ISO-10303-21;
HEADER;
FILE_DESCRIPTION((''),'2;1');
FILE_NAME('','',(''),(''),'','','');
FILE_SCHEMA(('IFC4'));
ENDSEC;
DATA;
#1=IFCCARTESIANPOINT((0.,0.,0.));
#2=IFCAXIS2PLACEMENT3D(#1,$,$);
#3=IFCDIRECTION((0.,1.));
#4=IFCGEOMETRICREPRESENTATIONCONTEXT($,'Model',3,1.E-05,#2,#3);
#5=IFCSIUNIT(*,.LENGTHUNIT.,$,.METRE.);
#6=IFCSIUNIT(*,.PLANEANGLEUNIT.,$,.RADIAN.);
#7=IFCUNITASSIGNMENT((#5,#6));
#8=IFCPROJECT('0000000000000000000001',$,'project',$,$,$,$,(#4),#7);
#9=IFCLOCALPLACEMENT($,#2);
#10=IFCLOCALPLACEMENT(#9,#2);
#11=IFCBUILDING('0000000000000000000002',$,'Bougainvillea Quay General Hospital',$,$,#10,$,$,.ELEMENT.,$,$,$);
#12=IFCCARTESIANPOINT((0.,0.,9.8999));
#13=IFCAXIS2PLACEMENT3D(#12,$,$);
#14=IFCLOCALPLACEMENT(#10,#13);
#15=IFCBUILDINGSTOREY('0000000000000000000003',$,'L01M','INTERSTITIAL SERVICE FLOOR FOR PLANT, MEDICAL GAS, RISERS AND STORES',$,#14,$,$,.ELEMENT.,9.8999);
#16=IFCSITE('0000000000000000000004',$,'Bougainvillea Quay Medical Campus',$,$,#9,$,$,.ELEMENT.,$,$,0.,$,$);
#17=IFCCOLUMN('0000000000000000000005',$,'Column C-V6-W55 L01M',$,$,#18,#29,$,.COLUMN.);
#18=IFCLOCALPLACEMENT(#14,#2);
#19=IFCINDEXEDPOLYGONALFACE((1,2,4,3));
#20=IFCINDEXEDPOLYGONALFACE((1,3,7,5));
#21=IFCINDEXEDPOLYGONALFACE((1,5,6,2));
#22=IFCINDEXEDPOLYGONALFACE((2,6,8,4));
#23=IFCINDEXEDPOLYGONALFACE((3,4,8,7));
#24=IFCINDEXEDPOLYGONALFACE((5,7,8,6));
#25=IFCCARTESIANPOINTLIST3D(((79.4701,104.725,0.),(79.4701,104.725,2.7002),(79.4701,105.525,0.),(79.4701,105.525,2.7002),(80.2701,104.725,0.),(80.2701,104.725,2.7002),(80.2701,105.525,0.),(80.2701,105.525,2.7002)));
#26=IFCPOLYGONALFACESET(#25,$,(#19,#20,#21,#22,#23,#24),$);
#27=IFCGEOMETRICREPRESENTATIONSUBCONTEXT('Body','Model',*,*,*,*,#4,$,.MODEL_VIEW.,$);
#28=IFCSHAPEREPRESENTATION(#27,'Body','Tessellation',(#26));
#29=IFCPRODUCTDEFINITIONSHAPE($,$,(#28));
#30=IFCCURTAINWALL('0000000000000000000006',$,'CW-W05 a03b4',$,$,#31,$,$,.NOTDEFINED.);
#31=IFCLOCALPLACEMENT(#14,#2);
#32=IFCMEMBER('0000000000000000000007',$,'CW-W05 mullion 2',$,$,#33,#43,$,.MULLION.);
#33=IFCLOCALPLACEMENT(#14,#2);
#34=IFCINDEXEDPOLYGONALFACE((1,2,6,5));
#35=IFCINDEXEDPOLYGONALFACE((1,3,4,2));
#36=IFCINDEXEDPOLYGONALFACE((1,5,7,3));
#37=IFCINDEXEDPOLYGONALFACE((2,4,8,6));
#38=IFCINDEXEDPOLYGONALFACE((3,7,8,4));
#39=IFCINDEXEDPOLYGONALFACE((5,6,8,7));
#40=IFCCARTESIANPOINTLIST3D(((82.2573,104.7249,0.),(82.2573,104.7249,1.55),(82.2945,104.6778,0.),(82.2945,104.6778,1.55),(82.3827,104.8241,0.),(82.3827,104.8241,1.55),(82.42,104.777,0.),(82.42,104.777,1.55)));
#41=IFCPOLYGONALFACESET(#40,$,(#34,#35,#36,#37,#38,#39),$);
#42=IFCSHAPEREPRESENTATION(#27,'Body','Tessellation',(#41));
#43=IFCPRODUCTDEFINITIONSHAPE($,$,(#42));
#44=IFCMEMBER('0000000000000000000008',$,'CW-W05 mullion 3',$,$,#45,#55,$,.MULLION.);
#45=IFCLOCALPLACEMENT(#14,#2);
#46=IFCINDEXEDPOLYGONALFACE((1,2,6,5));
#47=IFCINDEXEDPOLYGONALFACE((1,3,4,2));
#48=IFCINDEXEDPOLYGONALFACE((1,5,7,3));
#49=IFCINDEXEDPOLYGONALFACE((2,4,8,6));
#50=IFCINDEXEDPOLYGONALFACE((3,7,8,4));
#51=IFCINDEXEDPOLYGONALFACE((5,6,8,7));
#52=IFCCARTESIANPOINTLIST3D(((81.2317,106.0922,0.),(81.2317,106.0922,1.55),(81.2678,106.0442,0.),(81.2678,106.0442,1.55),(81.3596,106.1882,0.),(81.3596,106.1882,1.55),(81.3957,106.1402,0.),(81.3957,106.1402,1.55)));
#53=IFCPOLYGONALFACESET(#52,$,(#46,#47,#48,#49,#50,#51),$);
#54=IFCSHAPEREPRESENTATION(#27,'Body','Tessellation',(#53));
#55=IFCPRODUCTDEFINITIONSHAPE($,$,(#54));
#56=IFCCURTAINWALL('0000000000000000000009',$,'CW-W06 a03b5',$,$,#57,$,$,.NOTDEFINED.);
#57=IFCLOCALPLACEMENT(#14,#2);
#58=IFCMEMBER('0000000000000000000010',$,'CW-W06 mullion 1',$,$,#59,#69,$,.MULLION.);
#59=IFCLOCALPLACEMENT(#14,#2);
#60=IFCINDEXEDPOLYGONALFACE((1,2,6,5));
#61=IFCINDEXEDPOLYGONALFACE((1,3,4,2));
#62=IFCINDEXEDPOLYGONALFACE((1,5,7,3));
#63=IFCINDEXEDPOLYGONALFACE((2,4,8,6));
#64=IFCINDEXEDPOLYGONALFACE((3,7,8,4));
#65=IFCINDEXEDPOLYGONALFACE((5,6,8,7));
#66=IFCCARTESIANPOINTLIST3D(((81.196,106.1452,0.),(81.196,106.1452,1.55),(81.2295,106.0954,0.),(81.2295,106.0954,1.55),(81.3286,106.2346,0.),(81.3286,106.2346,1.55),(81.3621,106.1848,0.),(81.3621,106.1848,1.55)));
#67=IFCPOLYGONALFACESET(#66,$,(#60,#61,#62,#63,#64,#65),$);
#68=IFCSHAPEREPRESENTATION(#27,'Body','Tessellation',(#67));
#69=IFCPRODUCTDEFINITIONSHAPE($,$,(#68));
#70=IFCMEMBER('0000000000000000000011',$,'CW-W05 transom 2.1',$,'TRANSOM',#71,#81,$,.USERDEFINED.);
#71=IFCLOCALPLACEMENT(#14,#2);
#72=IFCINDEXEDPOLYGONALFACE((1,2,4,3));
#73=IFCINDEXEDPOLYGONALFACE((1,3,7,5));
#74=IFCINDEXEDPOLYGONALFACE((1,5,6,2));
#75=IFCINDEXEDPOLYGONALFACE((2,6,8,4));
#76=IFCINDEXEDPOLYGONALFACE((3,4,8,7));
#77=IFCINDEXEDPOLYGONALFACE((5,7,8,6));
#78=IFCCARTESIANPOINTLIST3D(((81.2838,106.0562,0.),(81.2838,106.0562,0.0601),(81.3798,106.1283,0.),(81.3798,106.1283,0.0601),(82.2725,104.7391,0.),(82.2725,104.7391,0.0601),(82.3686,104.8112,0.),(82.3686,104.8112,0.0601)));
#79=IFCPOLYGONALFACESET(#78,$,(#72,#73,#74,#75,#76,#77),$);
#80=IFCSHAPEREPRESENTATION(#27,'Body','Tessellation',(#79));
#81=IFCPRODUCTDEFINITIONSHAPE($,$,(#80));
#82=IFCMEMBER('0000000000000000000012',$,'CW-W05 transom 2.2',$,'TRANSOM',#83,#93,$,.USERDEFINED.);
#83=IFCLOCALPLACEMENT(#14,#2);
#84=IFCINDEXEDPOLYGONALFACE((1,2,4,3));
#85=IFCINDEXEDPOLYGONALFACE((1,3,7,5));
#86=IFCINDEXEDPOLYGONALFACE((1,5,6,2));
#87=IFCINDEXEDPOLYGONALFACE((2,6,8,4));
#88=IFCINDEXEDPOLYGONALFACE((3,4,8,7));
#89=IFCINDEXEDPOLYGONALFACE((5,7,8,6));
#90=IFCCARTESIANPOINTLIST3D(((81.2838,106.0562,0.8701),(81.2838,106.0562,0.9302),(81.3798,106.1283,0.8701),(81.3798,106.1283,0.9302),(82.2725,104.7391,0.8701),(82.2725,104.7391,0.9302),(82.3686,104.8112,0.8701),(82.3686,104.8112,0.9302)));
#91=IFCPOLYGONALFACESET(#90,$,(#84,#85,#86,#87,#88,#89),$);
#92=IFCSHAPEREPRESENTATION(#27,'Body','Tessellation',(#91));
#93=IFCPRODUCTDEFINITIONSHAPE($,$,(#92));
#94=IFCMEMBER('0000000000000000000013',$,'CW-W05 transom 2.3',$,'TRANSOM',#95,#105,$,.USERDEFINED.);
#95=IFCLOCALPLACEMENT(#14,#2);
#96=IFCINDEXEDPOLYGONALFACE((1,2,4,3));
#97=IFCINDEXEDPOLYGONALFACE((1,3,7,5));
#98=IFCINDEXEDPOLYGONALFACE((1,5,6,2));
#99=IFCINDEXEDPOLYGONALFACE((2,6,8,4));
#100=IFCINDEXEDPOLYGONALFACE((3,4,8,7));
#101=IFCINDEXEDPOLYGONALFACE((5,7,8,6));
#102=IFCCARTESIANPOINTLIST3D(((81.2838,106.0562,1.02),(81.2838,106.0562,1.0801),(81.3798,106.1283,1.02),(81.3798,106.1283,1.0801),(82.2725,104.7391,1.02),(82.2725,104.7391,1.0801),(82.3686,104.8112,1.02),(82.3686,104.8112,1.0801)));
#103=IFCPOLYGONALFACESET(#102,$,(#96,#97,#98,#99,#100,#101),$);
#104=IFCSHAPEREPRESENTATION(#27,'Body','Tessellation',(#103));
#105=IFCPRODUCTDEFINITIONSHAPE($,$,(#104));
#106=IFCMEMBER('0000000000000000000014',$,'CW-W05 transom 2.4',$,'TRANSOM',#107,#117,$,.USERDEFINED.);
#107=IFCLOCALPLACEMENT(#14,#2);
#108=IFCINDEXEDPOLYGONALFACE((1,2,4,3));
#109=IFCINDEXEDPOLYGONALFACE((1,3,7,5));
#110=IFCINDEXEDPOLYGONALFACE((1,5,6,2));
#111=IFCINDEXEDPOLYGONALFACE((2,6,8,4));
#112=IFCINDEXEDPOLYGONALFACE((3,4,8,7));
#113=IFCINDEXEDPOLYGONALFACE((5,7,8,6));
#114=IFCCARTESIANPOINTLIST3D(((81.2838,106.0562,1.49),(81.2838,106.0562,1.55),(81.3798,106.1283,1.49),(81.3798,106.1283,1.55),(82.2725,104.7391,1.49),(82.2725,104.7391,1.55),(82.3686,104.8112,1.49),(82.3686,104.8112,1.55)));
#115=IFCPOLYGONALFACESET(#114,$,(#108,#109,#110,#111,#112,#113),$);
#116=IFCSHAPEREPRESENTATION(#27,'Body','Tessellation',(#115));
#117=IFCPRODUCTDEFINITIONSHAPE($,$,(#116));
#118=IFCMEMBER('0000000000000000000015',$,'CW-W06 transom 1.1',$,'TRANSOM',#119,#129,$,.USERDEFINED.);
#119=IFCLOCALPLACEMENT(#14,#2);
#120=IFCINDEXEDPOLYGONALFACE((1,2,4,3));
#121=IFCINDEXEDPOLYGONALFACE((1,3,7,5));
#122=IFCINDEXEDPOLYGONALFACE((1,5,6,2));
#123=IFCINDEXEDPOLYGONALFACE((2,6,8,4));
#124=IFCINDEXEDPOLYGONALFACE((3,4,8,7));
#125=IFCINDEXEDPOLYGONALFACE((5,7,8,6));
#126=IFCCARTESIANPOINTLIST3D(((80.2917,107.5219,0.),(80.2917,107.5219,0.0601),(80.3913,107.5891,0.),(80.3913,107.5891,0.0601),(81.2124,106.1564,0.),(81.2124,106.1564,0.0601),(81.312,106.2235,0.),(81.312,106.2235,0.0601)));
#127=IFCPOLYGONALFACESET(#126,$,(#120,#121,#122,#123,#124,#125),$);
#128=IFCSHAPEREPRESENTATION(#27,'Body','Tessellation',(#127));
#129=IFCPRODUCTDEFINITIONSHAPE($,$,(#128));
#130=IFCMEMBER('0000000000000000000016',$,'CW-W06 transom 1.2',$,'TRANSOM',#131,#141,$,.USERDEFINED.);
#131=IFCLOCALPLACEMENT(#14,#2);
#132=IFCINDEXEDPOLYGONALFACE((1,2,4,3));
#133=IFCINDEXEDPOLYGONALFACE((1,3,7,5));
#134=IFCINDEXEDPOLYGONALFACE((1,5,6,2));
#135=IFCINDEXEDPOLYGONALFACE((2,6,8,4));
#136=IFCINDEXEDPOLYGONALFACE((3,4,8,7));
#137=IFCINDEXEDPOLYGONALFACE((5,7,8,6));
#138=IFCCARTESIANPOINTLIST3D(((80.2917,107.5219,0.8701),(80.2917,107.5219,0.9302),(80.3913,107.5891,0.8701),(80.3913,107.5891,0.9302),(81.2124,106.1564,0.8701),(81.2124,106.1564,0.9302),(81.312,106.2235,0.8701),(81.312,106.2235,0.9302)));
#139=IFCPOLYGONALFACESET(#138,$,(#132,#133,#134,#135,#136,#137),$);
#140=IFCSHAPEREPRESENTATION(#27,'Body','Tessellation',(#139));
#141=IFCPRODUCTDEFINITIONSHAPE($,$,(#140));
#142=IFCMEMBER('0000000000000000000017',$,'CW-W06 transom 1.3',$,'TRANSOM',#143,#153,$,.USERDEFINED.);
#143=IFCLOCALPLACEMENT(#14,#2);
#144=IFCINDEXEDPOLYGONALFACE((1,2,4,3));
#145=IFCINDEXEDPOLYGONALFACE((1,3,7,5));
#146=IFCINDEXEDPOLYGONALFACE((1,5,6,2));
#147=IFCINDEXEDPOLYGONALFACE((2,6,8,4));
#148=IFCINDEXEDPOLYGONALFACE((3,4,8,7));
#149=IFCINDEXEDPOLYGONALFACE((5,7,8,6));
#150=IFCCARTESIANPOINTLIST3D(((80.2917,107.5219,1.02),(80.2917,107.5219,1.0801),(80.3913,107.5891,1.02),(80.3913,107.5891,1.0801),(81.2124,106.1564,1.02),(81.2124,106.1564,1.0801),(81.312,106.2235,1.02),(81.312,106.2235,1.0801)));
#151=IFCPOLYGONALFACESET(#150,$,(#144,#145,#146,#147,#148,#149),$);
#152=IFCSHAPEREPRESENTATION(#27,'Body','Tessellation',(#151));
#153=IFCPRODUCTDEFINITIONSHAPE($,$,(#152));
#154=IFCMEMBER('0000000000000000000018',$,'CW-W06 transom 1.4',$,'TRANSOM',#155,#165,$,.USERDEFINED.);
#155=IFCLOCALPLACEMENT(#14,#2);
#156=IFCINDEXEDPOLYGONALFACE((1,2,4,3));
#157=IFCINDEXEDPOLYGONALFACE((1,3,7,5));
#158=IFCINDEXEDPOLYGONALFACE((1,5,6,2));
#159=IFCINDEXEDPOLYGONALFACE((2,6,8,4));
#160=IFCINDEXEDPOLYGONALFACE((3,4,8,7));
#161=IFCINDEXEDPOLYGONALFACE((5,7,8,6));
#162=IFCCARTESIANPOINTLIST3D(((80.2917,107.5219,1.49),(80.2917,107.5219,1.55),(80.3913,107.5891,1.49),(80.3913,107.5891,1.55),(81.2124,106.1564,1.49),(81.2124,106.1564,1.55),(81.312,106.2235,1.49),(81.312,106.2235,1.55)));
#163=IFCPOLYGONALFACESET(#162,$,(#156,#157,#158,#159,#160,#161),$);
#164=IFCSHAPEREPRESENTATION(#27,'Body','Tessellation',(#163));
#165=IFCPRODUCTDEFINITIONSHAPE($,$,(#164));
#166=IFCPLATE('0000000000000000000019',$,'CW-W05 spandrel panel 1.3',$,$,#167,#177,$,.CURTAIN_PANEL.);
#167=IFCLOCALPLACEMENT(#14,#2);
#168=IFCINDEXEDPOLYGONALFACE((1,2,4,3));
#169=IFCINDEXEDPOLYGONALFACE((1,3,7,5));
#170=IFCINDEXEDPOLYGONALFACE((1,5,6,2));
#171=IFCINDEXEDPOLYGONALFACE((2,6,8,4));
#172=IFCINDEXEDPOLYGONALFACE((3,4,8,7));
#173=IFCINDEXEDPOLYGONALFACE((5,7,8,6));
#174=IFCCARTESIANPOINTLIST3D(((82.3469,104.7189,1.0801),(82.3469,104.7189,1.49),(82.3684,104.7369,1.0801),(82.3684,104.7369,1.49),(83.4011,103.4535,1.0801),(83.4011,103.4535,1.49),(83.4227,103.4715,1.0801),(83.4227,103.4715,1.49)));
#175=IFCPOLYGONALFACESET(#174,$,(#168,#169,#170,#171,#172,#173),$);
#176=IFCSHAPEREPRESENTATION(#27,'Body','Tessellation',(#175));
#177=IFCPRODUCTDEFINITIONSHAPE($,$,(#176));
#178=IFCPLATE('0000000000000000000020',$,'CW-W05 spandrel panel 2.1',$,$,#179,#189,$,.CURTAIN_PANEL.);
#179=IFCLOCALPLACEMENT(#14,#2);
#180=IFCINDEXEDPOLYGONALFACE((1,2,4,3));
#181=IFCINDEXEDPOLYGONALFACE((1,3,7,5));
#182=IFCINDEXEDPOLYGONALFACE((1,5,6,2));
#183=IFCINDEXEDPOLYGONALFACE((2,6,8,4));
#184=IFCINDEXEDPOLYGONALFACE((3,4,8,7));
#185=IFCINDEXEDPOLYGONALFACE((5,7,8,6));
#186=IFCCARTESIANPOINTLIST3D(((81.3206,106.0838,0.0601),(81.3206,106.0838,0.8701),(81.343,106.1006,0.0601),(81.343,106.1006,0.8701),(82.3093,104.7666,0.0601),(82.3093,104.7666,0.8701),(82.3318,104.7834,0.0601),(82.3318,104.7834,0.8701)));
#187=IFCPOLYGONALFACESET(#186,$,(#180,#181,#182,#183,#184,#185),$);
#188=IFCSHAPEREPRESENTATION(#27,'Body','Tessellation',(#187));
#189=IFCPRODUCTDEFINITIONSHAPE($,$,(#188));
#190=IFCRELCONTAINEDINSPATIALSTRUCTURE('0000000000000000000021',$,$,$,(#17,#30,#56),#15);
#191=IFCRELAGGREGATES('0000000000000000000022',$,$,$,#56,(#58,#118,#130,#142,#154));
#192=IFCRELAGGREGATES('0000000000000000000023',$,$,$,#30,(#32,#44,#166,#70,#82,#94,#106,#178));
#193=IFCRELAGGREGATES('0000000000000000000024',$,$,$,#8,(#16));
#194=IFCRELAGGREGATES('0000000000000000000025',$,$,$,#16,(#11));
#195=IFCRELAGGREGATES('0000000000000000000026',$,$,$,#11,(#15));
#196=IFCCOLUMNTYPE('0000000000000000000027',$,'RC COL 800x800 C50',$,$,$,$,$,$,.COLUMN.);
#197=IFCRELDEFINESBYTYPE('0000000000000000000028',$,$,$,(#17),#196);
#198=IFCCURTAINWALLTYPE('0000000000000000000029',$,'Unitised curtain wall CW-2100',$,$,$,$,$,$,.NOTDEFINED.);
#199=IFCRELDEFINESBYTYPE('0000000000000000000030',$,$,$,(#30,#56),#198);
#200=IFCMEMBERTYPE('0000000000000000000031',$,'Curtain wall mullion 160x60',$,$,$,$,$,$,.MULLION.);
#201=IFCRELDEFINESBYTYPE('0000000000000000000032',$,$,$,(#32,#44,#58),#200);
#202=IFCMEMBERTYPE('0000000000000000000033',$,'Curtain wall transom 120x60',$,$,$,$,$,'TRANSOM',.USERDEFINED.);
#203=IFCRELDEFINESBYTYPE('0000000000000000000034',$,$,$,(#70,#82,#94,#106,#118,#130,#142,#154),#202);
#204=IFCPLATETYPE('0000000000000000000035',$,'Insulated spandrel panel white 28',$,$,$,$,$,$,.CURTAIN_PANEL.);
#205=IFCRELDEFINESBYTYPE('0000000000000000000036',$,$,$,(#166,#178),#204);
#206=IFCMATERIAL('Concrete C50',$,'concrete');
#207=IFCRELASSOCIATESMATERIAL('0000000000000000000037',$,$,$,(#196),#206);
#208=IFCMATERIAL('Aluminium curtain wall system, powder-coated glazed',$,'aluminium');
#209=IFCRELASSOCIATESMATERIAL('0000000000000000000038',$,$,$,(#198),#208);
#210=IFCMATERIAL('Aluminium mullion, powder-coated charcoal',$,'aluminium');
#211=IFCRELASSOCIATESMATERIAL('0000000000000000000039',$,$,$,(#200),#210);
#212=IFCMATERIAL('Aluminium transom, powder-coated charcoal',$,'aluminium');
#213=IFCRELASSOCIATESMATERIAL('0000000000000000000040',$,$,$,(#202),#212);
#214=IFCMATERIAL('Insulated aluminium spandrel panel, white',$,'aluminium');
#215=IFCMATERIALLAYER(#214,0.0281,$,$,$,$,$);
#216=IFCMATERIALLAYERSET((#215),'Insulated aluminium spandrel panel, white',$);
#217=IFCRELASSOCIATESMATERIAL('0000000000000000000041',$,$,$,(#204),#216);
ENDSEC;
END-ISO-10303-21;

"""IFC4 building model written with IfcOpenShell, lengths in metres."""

from ifc_helpers import new_model, si_unit, direction, frame, origin, origin_2d, place, context, subcontext, project, spatial, rectangle, extrude, material, layer, layer_set, material_profile, profile_set, type_object, element, aggregate, save


model = new_model("IFC4")

# Units and contexts
model_context = context("Model", 3, precision=1e-05, world=origin(), true_north=direction((0.0, 1.0)))
body_context = subcontext(model_context, "Body", "Model", "MODEL_VIEW")
ifc_project = project(units=[si_unit("LENGTHUNIT", "METRE"), si_unit("PLANEANGLEUNIT", "RADIAN")], contexts=[model_context])

# Site, building, storey
site_placement = place(None, origin())
site = spatial("IfcSite", under=ifc_project, at=site_placement, Name="Bougainvillea Quay Medical Campus", CompositionType="ELEMENT", RefElevation=0.0)
building_placement = place(site_placement, origin())
building = spatial("IfcBuilding", under=site, at=building_placement, Name="Bougainvillea Quay General Hospital", CompositionType="ELEMENT")
storey_placement = place(building_placement, frame((0.0, 0.0, 9.8999)))
storey = spatial("IfcBuildingStorey", under=building, at=storey_placement, Name="L01M", Description="INTERSTITIAL SERVICE FLOOR FOR PLANT, MEDICAL GAS, RISERS AND STORES", CompositionType="ELEMENT", Elevation=9.8999)

# Column
ifc_material_1 = material(Name="Concrete C50", Category="concrete")
ifc_material_profile_1 = material_profile(ifc_material_1, rectangle(XDim=0.8, YDim=0.8, at=origin_2d()))
ifc_profile_set_1 = profile_set([ifc_material_profile_1], Name="Concrete C50")
column_type = type_object("IfcColumnType", Name="RC COL 800x800 C50", PredefinedType="COLUMN", material=ifc_profile_set_1)
column_placement = place(storey_placement, frame((79.8701, 105.125, 0.0), z_axis=(0.0, 0.0, 1.0), x_axis=(1.0, 0.0, 0.0)))
element("IfcColumn", 1, at=column_placement, inside=storey, type_object=column_type, Name="Column C-V6-W55 L01M", PredefinedType="COLUMN", context=body_context, shape_type="SweptSolid", body=[
    extrude(rectangle(XDim=0.8, YDim=0.8, at=origin_2d()), origin(), (0.0, 0.0, 1.0), 2.7002),
])

# Curtain wall, members
ifc_material_2 = material(Name="Aluminium curtain wall system, powder-coated glazed", Category="aluminium")
curtain_wall_type = type_object("IfcCurtainWallType", Name="Unitised curtain wall CW-2100", PredefinedType="NOTDEFINED", material=ifc_material_2)
curtain_wall_1_placement = place(storey_placement, origin())
curtain_wall_1 = element("IfcCurtainWall", 2, at=curtain_wall_1_placement, inside=storey, type_object=curtain_wall_type, Name="CW-W05 a03b4", PredefinedType="NOTDEFINED")
ifc_material_3 = material(Name="Aluminium mullion, powder-coated charcoal", Category="aluminium")
ifc_material_profile_2 = material_profile(ifc_material_3, rectangle(XDim=0.1599, YDim=0.0601, at=origin_2d()))
ifc_profile_set_2 = profile_set([ifc_material_profile_2], Name="Aluminium mullion, powder-coated charcoal")
member_type_1 = type_object("IfcMemberType", Name="Curtain wall mullion 160x60", PredefinedType="MULLION", material=ifc_profile_set_2)
member_1_placement = place(storey_placement, frame((82.3386, 104.751, 0.0), z_axis=(0.0, 0.0, 1.0), x_axis=(-0.784279, -0.620409, 0.0)))
member_1 = element("IfcMember", 3, at=member_1_placement, type_object=member_type_1, Name="CW-W05 mullion 2", PredefinedType="MULLION", context=body_context, shape_type="SweptSolid", body=[
    extrude(rectangle(XDim=0.1599, YDim=0.0601, at=origin_2d()), origin(), (0.0, 0.0, 1.0), 1.55),
])
member_2_placement = place(storey_placement, frame((81.3137, 106.1162, 0.0), z_axis=(0.0, 0.0, 1.0), x_axis=(-0.799758, -0.600323, 0.0)))
member_2 = element("IfcMember", 4, at=member_2_placement, type_object=member_type_1, Name="CW-W05 mullion 3", PredefinedType="MULLION", context=body_context, shape_type="SweptSolid", body=[
    extrude(rectangle(XDim=0.1599, YDim=0.0601, at=origin_2d()), origin(), (0.0, 0.0, 1.0), 1.55),
])

# Curtain wall, member
curtain_wall_2_placement = place(storey_placement, origin())
curtain_wall_2 = element("IfcCurtainWall", 5, at=curtain_wall_2_placement, inside=storey, type_object=curtain_wall_type, Name="CW-W06 a03b5", PredefinedType="NOTDEFINED")
member_3_placement = place(storey_placement, frame((81.2791, 106.165, 0.0), z_axis=(0.0, 0.0, 1.0), x_axis=(-0.829164, -0.559005, 0.0)))
member_3 = element("IfcMember", 6, at=member_3_placement, type_object=member_type_1, Name="CW-W06 mullion 1", PredefinedType="MULLION", context=body_context, shape_type="SweptSolid", body=[
    extrude(rectangle(XDim=0.1599, YDim=0.0601, at=origin_2d()), origin(), (0.0, 0.0, 1.0), 1.55),
])

# Members
ifc_material_4 = material(Name="Aluminium transom, powder-coated charcoal", Category="aluminium")
ifc_material_profile_3 = material_profile(ifc_material_4, rectangle(XDim=0.1201, YDim=0.0601, at=origin_2d()))
ifc_profile_set_3 = profile_set([ifc_material_profile_3], Name="Aluminium transom, powder-coated charcoal")
member_type_2 = type_object("IfcMemberType", Name="Curtain wall transom 120x60", ElementType="TRANSOM", PredefinedType="USERDEFINED", material=ifc_profile_set_3)
member_4_placement = place(storey_placement, frame((82.3206, 104.7751, 0.03), z_axis=(-0.600356, 0.799733, 0.0), x_axis=(-0.799733, -0.600356, 0.0)))
member_4 = element("IfcMember", 7, at=member_4_placement, type_object=member_type_2, Name="CW-W05 transom 2.1", ObjectType="TRANSOM", PredefinedType="USERDEFINED", context=body_context, shape_type="SweptSolid", body=[
    extrude(rectangle(XDim=0.1201, YDim=0.0601, at=origin_2d()), origin(), (0.0, 0.0, 1.0), 1.647),
])
member_5_placement = place(storey_placement, frame((82.3206, 104.7751, 0.9001), z_axis=(-0.600356, 0.799733, 0.0), x_axis=(-0.799733, -0.600356, 0.0)))
member_5 = element("IfcMember", 8, at=member_5_placement, type_object=member_type_2, Name="CW-W05 transom 2.2", ObjectType="TRANSOM", PredefinedType="USERDEFINED", context=body_context, shape_type="SweptSolid", body=[
    extrude(rectangle(XDim=0.1201, YDim=0.0601, at=origin_2d()), origin(), (0.0, 0.0, 1.0), 1.647),
])
member_6_placement = place(storey_placement, frame((82.3206, 104.7751, 1.05), z_axis=(-0.600356, 0.799733, 0.0), x_axis=(-0.799733, -0.600356, 0.0)))
member_6 = element("IfcMember", 9, at=member_6_placement, type_object=member_type_2, Name="CW-W05 transom 2.3", ObjectType="TRANSOM", PredefinedType="USERDEFINED", context=body_context, shape_type="SweptSolid", body=[
    extrude(rectangle(XDim=0.1201, YDim=0.0601, at=origin_2d()), origin(), (0.0, 0.0, 1.0), 1.647),
])
member_7_placement = place(storey_placement, frame((82.3206, 104.7751, 1.52), z_axis=(-0.600356, 0.799733, 0.0), x_axis=(-0.799733, -0.600356, 0.0)))
member_7 = element("IfcMember", 10, at=member_7_placement, type_object=member_type_2, Name="CW-W05 transom 2.4", ObjectType="TRANSOM", PredefinedType="USERDEFINED", context=body_context, shape_type="SweptSolid", body=[
    extrude(rectangle(XDim=0.1201, YDim=0.0601, at=origin_2d()), origin(), (0.0, 0.0, 1.0), 1.647),
])
member_8_placement = place(storey_placement, frame((81.2622, 106.1899, 0.03), z_axis=(-0.559037, 0.829142, 0.0), x_axis=(-0.829142, -0.559037, 0.0)))
member_8 = element("IfcMember", 11, at=member_8_placement, type_object=member_type_2, Name="CW-W06 transom 1.1", ObjectType="TRANSOM", PredefinedType="USERDEFINED", context=body_context, shape_type="SweptSolid", body=[
    extrude(rectangle(XDim=0.1201, YDim=0.0601, at=origin_2d()), origin(), (0.0, 0.0, 1.0), 1.647),
])
member_9_placement = place(storey_placement, frame((81.2622, 106.1899, 0.9001), z_axis=(-0.559037, 0.829142, 0.0), x_axis=(-0.829142, -0.559037, 0.0)))
member_9 = element("IfcMember", 12, at=member_9_placement, type_object=member_type_2, Name="CW-W06 transom 1.2", ObjectType="TRANSOM", PredefinedType="USERDEFINED", context=body_context, shape_type="SweptSolid", body=[
    extrude(rectangle(XDim=0.1201, YDim=0.0601, at=origin_2d()), origin(), (0.0, 0.0, 1.0), 1.647),
])
member_10_placement = place(storey_placement, frame((81.2622, 106.1899, 1.05), z_axis=(-0.559037, 0.829142, 0.0), x_axis=(-0.829142, -0.559037, 0.0)))
member_10 = element("IfcMember", 13, at=member_10_placement, type_object=member_type_2, Name="CW-W06 transom 1.3", ObjectType="TRANSOM", PredefinedType="USERDEFINED", context=body_context, shape_type="SweptSolid", body=[
    extrude(rectangle(XDim=0.1201, YDim=0.0601, at=origin_2d()), origin(), (0.0, 0.0, 1.0), 1.647),
])
member_11_placement = place(storey_placement, frame((81.2622, 106.1899, 1.52), z_axis=(-0.559037, 0.829142, 0.0), x_axis=(-0.829142, -0.559037, 0.0)))
member_11 = element("IfcMember", 14, at=member_11_placement, type_object=member_type_2, Name="CW-W06 transom 1.4", ObjectType="TRANSOM", PredefinedType="USERDEFINED", context=body_context, shape_type="SweptSolid", body=[
    extrude(rectangle(XDim=0.1201, YDim=0.0601, at=origin_2d()), origin(), (0.0, 0.0, 1.0), 1.647),
])

# Plates
ifc_material_5 = material(Name="Insulated aluminium spandrel panel, white", Category="aluminium")
ifc_layer_1 = layer(ifc_material_5, 0.0281)
ifc_layer_set_1 = layer_set([ifc_layer_1], Name="Insulated aluminium spandrel panel, white")
plate_type_1 = type_object("IfcPlateType", Name="Insulated spandrel panel white 28", PredefinedType="CURTAIN_PANEL", material=ifc_layer_set_1)
plate_1_placement = place(storey_placement, frame((82.8848, 104.0952, 1.0801), z_axis=(0.0, 0.0, 1.0), x_axis=(-0.640096, 0.768295, 0.0)))
plate_1 = element("IfcPlate", 15, at=plate_1_placement, type_object=plate_type_1, Name="CW-W05 spandrel panel 1.3", PredefinedType="CURTAIN_PANEL", context=body_context, shape_type="SweptSolid", body=[
    extrude(rectangle(XDim=1.647, YDim=0.0281, at=origin_2d()), origin(), (0.0, 0.0, 1.0), 0.4099),
])
plate_2_placement = place(storey_placement, frame((81.8262, 105.4336, 0.0601), z_axis=(0.0, 0.0, 1.0), x_axis=(-0.600323, 0.799758, 0.0)))
plate_2 = element("IfcPlate", 16, at=plate_2_placement, type_object=plate_type_1, Name="CW-W05 spandrel panel 2.1", PredefinedType="CURTAIN_PANEL", context=body_context, shape_type="SweptSolid", body=[
    extrude(rectangle(XDim=1.647, YDim=0.0281, at=origin_2d()), origin(), (0.0, 0.0, 1.0), 0.8101),
])
aggregate(curtain_wall_2, [member_3, member_8, member_9, member_10, member_11])
aggregate(curtain_wall_1, [member_1, member_2, plate_1, member_4, member_5, member_6, member_7, plate_2])

save(model, "model.ifc")
